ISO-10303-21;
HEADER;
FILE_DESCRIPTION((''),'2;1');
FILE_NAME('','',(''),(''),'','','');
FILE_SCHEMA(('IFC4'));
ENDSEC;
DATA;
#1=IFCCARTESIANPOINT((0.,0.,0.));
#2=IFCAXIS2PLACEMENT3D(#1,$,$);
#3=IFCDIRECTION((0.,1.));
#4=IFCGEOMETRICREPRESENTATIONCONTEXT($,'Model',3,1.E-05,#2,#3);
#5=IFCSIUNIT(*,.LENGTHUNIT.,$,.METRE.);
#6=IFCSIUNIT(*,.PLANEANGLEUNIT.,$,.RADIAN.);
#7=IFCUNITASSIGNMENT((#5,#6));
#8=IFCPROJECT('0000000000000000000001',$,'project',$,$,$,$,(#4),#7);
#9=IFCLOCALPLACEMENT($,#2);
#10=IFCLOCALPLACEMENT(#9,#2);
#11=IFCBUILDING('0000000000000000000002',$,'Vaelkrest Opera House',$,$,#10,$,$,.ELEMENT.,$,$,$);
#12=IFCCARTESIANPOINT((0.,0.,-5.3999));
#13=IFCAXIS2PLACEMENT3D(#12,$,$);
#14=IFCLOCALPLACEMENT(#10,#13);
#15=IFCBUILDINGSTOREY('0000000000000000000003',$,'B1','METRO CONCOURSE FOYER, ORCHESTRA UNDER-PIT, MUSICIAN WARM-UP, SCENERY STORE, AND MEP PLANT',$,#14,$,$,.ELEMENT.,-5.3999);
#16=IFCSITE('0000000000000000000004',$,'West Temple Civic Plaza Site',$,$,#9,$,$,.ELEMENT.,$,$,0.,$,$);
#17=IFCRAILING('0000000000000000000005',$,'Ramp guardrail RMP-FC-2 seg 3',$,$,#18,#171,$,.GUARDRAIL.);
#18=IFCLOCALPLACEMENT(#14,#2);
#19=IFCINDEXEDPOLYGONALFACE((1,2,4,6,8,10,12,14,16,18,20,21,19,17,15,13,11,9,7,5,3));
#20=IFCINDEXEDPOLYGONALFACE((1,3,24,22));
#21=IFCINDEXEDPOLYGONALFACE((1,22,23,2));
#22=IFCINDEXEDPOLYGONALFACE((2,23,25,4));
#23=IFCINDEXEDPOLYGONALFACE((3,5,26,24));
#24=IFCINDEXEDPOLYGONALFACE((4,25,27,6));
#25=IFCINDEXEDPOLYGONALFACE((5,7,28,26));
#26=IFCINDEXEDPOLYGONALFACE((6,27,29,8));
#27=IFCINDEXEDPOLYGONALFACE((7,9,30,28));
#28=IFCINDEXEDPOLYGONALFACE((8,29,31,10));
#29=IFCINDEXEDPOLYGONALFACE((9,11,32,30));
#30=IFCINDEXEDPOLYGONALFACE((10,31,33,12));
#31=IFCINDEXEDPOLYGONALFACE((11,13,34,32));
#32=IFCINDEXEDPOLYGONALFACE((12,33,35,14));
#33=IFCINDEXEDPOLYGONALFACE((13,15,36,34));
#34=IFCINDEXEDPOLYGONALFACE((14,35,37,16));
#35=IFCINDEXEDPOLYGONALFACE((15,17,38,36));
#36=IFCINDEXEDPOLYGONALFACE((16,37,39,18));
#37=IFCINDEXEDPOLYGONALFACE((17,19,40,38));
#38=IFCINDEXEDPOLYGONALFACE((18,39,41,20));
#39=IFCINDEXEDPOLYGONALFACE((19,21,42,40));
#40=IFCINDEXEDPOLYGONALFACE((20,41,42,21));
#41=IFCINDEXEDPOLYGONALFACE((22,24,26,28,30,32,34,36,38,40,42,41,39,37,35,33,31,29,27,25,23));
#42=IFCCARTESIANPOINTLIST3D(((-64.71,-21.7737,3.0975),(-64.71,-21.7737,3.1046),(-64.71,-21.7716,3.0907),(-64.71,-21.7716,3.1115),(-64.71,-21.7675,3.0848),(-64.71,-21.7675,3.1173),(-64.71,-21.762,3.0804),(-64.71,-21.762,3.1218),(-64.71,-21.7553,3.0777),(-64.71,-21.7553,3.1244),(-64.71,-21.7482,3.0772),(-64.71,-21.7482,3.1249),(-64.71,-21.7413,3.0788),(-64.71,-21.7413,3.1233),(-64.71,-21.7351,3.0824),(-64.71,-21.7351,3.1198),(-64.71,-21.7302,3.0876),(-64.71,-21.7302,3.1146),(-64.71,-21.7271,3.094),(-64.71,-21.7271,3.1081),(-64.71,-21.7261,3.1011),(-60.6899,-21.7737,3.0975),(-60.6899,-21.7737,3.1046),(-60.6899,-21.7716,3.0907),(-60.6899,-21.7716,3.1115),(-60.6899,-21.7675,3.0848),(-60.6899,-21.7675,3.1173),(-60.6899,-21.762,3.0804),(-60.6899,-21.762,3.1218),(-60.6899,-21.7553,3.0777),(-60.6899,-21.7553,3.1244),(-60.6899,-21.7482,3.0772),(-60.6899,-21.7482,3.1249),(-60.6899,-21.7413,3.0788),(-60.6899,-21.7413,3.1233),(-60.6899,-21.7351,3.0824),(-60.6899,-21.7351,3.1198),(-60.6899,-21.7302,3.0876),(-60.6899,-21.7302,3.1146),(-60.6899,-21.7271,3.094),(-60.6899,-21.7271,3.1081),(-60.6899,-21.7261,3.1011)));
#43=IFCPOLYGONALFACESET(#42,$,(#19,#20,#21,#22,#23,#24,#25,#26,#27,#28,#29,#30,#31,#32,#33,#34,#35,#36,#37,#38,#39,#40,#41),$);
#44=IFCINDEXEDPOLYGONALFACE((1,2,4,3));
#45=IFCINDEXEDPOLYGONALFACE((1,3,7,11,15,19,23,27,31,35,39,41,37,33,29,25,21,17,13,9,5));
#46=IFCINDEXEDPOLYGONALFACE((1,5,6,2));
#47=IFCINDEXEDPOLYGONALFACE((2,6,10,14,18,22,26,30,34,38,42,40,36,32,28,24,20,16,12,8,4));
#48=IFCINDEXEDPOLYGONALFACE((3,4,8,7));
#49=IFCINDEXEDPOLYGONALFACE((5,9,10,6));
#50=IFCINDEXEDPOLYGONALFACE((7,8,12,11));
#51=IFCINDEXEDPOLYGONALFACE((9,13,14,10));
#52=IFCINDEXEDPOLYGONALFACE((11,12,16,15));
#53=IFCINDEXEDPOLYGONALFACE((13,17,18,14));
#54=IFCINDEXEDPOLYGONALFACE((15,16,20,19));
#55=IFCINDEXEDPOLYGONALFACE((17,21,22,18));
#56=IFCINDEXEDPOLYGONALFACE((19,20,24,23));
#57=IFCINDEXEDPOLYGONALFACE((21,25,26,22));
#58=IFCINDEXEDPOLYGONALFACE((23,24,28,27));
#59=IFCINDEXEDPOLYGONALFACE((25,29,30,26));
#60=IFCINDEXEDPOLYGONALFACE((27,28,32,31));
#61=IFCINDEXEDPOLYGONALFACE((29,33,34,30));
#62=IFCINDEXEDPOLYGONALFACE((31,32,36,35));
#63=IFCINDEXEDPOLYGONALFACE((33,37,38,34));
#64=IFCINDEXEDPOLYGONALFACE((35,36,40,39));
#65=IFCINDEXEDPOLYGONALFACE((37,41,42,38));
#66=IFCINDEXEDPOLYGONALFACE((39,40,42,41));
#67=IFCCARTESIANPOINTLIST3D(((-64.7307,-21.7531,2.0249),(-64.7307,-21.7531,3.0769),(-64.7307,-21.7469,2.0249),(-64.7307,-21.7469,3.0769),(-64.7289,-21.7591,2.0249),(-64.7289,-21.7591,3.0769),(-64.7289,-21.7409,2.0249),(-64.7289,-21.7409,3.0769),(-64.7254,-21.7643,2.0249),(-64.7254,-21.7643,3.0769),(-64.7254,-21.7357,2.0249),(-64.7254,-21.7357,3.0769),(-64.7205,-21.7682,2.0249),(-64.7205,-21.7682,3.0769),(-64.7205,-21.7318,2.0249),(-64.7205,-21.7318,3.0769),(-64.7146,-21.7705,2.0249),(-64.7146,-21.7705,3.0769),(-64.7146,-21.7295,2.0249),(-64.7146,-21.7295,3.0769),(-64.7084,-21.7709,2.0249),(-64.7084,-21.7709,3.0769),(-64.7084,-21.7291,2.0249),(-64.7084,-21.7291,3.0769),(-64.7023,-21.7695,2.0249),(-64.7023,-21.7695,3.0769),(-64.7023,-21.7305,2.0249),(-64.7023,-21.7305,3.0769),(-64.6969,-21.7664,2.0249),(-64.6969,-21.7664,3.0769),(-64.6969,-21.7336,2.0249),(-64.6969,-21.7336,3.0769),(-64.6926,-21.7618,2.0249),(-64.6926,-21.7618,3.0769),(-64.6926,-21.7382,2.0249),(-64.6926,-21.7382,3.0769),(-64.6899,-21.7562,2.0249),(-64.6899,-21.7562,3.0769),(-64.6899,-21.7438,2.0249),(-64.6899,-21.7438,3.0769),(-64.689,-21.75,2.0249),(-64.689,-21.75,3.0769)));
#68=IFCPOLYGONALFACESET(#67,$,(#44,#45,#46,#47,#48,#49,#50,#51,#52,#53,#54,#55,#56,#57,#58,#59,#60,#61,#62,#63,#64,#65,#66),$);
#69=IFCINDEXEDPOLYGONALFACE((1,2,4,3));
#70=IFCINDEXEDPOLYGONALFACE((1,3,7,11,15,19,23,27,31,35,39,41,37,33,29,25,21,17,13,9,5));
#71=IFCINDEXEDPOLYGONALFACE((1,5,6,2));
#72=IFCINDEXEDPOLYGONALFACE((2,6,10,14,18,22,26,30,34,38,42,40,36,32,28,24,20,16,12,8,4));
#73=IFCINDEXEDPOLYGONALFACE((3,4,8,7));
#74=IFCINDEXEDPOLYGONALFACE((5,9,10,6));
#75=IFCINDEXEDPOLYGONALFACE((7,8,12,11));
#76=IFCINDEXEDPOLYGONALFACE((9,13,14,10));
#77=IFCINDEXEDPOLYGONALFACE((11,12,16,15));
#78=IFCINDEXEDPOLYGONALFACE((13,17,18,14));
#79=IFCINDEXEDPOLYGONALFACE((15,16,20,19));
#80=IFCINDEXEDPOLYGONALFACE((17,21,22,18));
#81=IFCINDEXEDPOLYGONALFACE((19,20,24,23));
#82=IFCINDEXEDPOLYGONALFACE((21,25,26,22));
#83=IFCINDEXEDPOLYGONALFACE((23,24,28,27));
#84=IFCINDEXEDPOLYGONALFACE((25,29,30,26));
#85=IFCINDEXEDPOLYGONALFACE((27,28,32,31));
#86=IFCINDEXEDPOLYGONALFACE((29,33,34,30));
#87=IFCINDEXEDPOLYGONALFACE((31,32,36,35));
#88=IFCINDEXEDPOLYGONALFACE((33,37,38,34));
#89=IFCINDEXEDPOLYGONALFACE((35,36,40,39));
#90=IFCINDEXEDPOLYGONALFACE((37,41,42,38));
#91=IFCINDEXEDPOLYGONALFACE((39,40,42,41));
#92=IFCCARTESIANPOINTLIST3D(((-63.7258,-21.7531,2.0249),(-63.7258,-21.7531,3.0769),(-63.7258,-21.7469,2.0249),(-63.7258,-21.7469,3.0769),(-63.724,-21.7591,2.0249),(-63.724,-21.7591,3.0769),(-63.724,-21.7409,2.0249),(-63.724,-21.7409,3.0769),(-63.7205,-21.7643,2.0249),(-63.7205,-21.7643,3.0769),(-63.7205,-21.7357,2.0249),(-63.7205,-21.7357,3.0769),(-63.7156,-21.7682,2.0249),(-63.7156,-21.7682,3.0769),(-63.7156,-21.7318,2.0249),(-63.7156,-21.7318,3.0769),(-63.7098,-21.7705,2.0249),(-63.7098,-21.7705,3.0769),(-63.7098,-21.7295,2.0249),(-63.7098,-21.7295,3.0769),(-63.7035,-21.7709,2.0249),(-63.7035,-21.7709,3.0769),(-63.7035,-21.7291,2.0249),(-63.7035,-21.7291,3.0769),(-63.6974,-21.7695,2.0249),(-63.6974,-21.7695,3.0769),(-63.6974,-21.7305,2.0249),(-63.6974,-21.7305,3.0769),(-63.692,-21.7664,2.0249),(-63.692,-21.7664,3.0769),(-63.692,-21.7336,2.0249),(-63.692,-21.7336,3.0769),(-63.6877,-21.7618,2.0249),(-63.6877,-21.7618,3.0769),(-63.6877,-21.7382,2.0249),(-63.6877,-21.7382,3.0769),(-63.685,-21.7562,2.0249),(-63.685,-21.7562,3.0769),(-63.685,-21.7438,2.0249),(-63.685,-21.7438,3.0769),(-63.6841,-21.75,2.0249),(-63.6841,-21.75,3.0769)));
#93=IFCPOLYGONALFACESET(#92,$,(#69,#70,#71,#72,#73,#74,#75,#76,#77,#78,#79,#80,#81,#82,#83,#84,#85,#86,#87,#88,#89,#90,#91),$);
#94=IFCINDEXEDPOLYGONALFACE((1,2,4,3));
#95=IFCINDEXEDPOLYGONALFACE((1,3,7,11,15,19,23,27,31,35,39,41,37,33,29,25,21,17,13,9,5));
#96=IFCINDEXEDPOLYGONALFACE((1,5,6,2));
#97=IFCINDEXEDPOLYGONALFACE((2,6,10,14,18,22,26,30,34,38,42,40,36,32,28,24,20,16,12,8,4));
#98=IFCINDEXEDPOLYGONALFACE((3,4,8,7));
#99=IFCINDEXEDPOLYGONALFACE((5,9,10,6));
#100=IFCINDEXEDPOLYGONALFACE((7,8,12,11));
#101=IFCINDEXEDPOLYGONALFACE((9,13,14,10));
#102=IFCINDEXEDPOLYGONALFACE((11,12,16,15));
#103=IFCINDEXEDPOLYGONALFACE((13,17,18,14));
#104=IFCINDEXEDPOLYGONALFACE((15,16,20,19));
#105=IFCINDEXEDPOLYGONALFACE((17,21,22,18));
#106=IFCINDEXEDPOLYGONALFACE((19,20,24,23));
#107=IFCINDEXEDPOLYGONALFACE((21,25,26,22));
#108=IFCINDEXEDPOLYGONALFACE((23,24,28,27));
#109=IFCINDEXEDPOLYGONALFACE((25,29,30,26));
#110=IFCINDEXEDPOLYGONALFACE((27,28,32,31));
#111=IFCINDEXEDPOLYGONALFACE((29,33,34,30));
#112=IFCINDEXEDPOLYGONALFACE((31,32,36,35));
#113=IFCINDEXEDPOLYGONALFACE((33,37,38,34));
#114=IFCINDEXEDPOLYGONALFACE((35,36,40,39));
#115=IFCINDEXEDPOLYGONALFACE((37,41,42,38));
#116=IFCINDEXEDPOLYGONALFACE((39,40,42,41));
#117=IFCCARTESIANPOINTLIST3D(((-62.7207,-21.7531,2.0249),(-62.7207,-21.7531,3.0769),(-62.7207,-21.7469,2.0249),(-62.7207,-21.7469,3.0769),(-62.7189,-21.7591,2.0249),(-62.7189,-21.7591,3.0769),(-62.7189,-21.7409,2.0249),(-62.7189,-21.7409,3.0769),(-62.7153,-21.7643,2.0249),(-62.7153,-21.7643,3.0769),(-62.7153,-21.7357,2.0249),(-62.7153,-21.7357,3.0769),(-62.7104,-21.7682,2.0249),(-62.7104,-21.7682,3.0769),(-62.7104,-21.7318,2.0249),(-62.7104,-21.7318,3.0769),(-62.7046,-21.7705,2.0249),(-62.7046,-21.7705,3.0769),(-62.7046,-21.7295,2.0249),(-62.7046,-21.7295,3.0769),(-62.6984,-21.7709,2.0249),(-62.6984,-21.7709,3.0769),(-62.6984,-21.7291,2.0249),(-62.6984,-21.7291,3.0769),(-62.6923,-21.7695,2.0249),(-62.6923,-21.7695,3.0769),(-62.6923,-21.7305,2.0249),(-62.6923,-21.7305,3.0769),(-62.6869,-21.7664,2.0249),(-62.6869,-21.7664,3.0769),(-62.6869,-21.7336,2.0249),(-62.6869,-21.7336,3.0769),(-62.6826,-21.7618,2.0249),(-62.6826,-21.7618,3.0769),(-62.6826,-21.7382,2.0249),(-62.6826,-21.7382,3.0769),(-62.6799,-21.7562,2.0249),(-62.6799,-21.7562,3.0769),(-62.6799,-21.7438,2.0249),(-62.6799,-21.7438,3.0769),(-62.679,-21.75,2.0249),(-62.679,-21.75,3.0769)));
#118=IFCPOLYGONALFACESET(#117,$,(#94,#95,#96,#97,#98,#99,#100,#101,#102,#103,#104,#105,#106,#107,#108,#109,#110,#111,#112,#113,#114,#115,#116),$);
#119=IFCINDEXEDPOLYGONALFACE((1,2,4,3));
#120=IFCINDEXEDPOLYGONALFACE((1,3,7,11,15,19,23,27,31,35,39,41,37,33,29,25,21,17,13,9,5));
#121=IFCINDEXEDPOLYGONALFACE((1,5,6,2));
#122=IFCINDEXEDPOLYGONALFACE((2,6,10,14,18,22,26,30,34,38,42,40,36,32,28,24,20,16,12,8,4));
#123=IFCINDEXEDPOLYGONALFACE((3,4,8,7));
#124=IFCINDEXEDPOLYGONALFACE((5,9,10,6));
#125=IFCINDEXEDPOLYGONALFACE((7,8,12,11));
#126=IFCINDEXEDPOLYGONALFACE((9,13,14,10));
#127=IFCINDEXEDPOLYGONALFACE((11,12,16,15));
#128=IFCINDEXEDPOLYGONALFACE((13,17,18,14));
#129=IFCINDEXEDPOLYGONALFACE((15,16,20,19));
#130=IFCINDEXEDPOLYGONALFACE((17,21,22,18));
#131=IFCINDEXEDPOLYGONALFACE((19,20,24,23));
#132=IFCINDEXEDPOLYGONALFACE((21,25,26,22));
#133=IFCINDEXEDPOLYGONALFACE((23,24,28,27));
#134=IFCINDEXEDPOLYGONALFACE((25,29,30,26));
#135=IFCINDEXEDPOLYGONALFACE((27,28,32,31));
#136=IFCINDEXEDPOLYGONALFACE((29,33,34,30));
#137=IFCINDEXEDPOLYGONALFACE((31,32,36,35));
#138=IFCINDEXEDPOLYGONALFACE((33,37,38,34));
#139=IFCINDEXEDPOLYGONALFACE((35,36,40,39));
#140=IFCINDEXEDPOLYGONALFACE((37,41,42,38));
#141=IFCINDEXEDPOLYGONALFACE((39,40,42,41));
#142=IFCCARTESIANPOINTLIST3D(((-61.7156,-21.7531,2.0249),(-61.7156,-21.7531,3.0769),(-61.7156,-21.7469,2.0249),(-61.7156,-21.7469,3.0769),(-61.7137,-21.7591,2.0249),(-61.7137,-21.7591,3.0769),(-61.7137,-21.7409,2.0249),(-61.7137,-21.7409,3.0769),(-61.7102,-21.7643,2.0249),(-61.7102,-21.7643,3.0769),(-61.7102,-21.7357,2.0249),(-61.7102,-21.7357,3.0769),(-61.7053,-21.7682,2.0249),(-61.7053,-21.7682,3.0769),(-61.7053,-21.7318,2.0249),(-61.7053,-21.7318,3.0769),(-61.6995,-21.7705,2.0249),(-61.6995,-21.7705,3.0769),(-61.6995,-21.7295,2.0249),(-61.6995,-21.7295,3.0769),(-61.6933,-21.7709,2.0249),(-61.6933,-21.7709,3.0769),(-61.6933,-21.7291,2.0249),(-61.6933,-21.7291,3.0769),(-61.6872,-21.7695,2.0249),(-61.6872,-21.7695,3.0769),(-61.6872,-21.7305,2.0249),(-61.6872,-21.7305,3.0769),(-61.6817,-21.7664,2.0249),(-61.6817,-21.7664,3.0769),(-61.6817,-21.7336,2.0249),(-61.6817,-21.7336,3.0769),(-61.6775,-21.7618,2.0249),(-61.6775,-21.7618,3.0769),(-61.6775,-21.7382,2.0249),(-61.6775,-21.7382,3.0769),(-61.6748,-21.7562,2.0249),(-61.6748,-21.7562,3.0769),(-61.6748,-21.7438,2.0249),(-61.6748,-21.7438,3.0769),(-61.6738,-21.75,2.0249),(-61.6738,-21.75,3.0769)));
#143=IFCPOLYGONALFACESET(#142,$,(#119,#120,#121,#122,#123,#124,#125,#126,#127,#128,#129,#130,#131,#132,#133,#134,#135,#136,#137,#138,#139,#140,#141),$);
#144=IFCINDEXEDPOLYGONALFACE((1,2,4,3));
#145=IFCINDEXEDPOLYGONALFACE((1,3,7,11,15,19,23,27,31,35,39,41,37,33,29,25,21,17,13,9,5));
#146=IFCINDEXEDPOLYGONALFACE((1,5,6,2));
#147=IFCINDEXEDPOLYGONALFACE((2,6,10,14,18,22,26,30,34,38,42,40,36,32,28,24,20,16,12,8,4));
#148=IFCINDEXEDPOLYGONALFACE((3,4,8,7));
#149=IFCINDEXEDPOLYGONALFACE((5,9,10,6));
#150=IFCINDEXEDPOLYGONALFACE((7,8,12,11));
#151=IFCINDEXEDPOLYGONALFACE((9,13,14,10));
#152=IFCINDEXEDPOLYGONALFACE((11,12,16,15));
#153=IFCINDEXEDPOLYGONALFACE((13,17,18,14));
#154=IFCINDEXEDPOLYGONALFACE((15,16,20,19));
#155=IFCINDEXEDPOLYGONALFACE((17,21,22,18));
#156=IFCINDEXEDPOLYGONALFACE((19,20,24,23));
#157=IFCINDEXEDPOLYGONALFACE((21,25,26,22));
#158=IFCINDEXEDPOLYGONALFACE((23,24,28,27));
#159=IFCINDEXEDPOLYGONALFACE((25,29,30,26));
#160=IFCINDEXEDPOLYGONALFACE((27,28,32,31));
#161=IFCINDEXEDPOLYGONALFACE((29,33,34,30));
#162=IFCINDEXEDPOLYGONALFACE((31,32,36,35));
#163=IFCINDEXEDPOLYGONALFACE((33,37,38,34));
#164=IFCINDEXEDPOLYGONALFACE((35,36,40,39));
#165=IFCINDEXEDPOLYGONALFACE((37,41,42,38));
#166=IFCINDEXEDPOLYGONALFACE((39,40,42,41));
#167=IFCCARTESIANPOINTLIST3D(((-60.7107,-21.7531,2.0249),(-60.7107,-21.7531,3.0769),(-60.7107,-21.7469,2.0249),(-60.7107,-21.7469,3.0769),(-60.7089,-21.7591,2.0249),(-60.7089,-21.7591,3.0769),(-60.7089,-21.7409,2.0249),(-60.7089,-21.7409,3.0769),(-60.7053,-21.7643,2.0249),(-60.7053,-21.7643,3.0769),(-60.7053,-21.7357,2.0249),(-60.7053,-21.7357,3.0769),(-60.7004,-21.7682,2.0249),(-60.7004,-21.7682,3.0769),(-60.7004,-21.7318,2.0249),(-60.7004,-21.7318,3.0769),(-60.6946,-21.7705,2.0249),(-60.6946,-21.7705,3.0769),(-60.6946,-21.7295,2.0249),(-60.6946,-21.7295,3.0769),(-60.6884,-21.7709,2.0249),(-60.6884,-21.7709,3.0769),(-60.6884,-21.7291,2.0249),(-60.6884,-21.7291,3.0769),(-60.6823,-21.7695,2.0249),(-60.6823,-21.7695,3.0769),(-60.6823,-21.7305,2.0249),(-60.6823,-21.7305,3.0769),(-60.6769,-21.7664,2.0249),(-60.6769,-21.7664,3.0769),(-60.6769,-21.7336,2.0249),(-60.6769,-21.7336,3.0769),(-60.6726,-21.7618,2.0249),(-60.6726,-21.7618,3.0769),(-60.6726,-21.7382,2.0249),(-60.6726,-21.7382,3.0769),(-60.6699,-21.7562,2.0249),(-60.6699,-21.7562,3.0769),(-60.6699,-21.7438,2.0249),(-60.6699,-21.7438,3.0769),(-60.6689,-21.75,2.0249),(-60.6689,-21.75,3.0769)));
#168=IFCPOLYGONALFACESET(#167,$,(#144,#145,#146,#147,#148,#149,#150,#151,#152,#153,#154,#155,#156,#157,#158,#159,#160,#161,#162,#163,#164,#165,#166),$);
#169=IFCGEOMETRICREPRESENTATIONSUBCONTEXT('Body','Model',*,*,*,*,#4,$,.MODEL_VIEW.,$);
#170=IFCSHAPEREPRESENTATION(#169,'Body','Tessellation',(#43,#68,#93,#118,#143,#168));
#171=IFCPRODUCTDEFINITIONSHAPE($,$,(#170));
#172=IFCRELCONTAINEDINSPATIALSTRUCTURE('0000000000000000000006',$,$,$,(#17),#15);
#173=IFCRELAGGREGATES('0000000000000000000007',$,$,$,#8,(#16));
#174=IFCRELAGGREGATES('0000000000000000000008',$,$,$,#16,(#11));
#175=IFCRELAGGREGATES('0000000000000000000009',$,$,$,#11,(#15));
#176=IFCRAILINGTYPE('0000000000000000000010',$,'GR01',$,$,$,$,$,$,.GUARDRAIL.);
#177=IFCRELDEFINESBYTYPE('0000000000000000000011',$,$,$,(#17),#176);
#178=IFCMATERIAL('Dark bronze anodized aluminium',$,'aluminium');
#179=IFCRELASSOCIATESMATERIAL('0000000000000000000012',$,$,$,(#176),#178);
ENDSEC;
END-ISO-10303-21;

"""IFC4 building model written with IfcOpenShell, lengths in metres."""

from ifc_helpers import new_model, si_unit, direction, frame, origin, origin_2d, place, context, subcontext, project, spatial, circle, extrude, material, type_object, element, save


model = new_model("IFC4")

# Units and contexts
model_context = context("Model", 3, precision=1e-05, world=origin(), true_north=direction((0.0, 1.0)))
body_context = subcontext(model_context, "Body", "Model", "MODEL_VIEW")
ifc_project = project(units=[si_unit("LENGTHUNIT", "METRE"), si_unit("PLANEANGLEUNIT", "RADIAN")], contexts=[model_context])

# Site, building, storey
site_placement = place(None, origin())
site = spatial("IfcSite", under=ifc_project, at=site_placement, Name="West Temple Civic Plaza Site", CompositionType="ELEMENT", RefElevation=0.0)
building_placement = place(site_placement, origin())
building = spatial("IfcBuilding", under=site, at=building_placement, Name="Vaelkrest Opera House", CompositionType="ELEMENT")
storey_placement = place(building_placement, frame((0.0, 0.0, -5.3999)))
storey = spatial("IfcBuildingStorey", under=building, at=storey_placement, Name="B1", Description="METRO CONCOURSE FOYER, ORCHESTRA UNDER-PIT, MUSICIAN WARM-UP, SCENERY STORE, AND MEP PLANT", CompositionType="ELEMENT", Elevation=-5.3999)

# Shared definitions
ifc_material_1 = material(Name="Dark bronze anodized aluminium", Category="aluminium")

# Railing
railing_type = type_object("IfcRailingType", Name="GR01", PredefinedType="GUARDRAIL", material=ifc_material_1)
railing_1_placement = place(storey_placement, frame((-64.71, -21.75, 2.0249)))
element("IfcRailing", 1, at=railing_1_placement, inside=storey, type_object=railing_type, Name="Ramp guardrail RMP-FC-2 seg 3", PredefinedType="GUARDRAIL", context=body_context, shape_type="SweptSolid", body=[
    extrude(circle(Radius=0.0239, at=origin_2d()), frame((0.0, 0.0, 1.0762), z_axis=(1.0, 0.0, 0.0), x_axis=(0.0, 1.0, 0.0)), (0.0, 0.0, 1.0), 4.02),
    extrude(circle(Radius=0.021, at=origin_2d()), origin(), (0.0, 0.0, 1.0), 1.052),
    extrude(circle(Radius=0.021, at=origin_2d()), frame((1.0049, 0.0, 0.0)), (0.0, 0.0, 1.0), 1.052),
    extrude(circle(Radius=0.021, at=origin_2d()), frame((2.01, 0.0, 0.0)), (0.0, 0.0, 1.0), 1.052),
    extrude(circle(Radius=0.021, at=origin_2d()), frame((3.0151, 0.0, 0.0)), (0.0, 0.0, 1.0), 1.052),
    extrude(circle(Radius=0.021, at=origin_2d()), frame((4.02, 0.0, 0.0)), (0.0, 0.0, 1.0), 1.052),
])

save(model, "model.ifc")
